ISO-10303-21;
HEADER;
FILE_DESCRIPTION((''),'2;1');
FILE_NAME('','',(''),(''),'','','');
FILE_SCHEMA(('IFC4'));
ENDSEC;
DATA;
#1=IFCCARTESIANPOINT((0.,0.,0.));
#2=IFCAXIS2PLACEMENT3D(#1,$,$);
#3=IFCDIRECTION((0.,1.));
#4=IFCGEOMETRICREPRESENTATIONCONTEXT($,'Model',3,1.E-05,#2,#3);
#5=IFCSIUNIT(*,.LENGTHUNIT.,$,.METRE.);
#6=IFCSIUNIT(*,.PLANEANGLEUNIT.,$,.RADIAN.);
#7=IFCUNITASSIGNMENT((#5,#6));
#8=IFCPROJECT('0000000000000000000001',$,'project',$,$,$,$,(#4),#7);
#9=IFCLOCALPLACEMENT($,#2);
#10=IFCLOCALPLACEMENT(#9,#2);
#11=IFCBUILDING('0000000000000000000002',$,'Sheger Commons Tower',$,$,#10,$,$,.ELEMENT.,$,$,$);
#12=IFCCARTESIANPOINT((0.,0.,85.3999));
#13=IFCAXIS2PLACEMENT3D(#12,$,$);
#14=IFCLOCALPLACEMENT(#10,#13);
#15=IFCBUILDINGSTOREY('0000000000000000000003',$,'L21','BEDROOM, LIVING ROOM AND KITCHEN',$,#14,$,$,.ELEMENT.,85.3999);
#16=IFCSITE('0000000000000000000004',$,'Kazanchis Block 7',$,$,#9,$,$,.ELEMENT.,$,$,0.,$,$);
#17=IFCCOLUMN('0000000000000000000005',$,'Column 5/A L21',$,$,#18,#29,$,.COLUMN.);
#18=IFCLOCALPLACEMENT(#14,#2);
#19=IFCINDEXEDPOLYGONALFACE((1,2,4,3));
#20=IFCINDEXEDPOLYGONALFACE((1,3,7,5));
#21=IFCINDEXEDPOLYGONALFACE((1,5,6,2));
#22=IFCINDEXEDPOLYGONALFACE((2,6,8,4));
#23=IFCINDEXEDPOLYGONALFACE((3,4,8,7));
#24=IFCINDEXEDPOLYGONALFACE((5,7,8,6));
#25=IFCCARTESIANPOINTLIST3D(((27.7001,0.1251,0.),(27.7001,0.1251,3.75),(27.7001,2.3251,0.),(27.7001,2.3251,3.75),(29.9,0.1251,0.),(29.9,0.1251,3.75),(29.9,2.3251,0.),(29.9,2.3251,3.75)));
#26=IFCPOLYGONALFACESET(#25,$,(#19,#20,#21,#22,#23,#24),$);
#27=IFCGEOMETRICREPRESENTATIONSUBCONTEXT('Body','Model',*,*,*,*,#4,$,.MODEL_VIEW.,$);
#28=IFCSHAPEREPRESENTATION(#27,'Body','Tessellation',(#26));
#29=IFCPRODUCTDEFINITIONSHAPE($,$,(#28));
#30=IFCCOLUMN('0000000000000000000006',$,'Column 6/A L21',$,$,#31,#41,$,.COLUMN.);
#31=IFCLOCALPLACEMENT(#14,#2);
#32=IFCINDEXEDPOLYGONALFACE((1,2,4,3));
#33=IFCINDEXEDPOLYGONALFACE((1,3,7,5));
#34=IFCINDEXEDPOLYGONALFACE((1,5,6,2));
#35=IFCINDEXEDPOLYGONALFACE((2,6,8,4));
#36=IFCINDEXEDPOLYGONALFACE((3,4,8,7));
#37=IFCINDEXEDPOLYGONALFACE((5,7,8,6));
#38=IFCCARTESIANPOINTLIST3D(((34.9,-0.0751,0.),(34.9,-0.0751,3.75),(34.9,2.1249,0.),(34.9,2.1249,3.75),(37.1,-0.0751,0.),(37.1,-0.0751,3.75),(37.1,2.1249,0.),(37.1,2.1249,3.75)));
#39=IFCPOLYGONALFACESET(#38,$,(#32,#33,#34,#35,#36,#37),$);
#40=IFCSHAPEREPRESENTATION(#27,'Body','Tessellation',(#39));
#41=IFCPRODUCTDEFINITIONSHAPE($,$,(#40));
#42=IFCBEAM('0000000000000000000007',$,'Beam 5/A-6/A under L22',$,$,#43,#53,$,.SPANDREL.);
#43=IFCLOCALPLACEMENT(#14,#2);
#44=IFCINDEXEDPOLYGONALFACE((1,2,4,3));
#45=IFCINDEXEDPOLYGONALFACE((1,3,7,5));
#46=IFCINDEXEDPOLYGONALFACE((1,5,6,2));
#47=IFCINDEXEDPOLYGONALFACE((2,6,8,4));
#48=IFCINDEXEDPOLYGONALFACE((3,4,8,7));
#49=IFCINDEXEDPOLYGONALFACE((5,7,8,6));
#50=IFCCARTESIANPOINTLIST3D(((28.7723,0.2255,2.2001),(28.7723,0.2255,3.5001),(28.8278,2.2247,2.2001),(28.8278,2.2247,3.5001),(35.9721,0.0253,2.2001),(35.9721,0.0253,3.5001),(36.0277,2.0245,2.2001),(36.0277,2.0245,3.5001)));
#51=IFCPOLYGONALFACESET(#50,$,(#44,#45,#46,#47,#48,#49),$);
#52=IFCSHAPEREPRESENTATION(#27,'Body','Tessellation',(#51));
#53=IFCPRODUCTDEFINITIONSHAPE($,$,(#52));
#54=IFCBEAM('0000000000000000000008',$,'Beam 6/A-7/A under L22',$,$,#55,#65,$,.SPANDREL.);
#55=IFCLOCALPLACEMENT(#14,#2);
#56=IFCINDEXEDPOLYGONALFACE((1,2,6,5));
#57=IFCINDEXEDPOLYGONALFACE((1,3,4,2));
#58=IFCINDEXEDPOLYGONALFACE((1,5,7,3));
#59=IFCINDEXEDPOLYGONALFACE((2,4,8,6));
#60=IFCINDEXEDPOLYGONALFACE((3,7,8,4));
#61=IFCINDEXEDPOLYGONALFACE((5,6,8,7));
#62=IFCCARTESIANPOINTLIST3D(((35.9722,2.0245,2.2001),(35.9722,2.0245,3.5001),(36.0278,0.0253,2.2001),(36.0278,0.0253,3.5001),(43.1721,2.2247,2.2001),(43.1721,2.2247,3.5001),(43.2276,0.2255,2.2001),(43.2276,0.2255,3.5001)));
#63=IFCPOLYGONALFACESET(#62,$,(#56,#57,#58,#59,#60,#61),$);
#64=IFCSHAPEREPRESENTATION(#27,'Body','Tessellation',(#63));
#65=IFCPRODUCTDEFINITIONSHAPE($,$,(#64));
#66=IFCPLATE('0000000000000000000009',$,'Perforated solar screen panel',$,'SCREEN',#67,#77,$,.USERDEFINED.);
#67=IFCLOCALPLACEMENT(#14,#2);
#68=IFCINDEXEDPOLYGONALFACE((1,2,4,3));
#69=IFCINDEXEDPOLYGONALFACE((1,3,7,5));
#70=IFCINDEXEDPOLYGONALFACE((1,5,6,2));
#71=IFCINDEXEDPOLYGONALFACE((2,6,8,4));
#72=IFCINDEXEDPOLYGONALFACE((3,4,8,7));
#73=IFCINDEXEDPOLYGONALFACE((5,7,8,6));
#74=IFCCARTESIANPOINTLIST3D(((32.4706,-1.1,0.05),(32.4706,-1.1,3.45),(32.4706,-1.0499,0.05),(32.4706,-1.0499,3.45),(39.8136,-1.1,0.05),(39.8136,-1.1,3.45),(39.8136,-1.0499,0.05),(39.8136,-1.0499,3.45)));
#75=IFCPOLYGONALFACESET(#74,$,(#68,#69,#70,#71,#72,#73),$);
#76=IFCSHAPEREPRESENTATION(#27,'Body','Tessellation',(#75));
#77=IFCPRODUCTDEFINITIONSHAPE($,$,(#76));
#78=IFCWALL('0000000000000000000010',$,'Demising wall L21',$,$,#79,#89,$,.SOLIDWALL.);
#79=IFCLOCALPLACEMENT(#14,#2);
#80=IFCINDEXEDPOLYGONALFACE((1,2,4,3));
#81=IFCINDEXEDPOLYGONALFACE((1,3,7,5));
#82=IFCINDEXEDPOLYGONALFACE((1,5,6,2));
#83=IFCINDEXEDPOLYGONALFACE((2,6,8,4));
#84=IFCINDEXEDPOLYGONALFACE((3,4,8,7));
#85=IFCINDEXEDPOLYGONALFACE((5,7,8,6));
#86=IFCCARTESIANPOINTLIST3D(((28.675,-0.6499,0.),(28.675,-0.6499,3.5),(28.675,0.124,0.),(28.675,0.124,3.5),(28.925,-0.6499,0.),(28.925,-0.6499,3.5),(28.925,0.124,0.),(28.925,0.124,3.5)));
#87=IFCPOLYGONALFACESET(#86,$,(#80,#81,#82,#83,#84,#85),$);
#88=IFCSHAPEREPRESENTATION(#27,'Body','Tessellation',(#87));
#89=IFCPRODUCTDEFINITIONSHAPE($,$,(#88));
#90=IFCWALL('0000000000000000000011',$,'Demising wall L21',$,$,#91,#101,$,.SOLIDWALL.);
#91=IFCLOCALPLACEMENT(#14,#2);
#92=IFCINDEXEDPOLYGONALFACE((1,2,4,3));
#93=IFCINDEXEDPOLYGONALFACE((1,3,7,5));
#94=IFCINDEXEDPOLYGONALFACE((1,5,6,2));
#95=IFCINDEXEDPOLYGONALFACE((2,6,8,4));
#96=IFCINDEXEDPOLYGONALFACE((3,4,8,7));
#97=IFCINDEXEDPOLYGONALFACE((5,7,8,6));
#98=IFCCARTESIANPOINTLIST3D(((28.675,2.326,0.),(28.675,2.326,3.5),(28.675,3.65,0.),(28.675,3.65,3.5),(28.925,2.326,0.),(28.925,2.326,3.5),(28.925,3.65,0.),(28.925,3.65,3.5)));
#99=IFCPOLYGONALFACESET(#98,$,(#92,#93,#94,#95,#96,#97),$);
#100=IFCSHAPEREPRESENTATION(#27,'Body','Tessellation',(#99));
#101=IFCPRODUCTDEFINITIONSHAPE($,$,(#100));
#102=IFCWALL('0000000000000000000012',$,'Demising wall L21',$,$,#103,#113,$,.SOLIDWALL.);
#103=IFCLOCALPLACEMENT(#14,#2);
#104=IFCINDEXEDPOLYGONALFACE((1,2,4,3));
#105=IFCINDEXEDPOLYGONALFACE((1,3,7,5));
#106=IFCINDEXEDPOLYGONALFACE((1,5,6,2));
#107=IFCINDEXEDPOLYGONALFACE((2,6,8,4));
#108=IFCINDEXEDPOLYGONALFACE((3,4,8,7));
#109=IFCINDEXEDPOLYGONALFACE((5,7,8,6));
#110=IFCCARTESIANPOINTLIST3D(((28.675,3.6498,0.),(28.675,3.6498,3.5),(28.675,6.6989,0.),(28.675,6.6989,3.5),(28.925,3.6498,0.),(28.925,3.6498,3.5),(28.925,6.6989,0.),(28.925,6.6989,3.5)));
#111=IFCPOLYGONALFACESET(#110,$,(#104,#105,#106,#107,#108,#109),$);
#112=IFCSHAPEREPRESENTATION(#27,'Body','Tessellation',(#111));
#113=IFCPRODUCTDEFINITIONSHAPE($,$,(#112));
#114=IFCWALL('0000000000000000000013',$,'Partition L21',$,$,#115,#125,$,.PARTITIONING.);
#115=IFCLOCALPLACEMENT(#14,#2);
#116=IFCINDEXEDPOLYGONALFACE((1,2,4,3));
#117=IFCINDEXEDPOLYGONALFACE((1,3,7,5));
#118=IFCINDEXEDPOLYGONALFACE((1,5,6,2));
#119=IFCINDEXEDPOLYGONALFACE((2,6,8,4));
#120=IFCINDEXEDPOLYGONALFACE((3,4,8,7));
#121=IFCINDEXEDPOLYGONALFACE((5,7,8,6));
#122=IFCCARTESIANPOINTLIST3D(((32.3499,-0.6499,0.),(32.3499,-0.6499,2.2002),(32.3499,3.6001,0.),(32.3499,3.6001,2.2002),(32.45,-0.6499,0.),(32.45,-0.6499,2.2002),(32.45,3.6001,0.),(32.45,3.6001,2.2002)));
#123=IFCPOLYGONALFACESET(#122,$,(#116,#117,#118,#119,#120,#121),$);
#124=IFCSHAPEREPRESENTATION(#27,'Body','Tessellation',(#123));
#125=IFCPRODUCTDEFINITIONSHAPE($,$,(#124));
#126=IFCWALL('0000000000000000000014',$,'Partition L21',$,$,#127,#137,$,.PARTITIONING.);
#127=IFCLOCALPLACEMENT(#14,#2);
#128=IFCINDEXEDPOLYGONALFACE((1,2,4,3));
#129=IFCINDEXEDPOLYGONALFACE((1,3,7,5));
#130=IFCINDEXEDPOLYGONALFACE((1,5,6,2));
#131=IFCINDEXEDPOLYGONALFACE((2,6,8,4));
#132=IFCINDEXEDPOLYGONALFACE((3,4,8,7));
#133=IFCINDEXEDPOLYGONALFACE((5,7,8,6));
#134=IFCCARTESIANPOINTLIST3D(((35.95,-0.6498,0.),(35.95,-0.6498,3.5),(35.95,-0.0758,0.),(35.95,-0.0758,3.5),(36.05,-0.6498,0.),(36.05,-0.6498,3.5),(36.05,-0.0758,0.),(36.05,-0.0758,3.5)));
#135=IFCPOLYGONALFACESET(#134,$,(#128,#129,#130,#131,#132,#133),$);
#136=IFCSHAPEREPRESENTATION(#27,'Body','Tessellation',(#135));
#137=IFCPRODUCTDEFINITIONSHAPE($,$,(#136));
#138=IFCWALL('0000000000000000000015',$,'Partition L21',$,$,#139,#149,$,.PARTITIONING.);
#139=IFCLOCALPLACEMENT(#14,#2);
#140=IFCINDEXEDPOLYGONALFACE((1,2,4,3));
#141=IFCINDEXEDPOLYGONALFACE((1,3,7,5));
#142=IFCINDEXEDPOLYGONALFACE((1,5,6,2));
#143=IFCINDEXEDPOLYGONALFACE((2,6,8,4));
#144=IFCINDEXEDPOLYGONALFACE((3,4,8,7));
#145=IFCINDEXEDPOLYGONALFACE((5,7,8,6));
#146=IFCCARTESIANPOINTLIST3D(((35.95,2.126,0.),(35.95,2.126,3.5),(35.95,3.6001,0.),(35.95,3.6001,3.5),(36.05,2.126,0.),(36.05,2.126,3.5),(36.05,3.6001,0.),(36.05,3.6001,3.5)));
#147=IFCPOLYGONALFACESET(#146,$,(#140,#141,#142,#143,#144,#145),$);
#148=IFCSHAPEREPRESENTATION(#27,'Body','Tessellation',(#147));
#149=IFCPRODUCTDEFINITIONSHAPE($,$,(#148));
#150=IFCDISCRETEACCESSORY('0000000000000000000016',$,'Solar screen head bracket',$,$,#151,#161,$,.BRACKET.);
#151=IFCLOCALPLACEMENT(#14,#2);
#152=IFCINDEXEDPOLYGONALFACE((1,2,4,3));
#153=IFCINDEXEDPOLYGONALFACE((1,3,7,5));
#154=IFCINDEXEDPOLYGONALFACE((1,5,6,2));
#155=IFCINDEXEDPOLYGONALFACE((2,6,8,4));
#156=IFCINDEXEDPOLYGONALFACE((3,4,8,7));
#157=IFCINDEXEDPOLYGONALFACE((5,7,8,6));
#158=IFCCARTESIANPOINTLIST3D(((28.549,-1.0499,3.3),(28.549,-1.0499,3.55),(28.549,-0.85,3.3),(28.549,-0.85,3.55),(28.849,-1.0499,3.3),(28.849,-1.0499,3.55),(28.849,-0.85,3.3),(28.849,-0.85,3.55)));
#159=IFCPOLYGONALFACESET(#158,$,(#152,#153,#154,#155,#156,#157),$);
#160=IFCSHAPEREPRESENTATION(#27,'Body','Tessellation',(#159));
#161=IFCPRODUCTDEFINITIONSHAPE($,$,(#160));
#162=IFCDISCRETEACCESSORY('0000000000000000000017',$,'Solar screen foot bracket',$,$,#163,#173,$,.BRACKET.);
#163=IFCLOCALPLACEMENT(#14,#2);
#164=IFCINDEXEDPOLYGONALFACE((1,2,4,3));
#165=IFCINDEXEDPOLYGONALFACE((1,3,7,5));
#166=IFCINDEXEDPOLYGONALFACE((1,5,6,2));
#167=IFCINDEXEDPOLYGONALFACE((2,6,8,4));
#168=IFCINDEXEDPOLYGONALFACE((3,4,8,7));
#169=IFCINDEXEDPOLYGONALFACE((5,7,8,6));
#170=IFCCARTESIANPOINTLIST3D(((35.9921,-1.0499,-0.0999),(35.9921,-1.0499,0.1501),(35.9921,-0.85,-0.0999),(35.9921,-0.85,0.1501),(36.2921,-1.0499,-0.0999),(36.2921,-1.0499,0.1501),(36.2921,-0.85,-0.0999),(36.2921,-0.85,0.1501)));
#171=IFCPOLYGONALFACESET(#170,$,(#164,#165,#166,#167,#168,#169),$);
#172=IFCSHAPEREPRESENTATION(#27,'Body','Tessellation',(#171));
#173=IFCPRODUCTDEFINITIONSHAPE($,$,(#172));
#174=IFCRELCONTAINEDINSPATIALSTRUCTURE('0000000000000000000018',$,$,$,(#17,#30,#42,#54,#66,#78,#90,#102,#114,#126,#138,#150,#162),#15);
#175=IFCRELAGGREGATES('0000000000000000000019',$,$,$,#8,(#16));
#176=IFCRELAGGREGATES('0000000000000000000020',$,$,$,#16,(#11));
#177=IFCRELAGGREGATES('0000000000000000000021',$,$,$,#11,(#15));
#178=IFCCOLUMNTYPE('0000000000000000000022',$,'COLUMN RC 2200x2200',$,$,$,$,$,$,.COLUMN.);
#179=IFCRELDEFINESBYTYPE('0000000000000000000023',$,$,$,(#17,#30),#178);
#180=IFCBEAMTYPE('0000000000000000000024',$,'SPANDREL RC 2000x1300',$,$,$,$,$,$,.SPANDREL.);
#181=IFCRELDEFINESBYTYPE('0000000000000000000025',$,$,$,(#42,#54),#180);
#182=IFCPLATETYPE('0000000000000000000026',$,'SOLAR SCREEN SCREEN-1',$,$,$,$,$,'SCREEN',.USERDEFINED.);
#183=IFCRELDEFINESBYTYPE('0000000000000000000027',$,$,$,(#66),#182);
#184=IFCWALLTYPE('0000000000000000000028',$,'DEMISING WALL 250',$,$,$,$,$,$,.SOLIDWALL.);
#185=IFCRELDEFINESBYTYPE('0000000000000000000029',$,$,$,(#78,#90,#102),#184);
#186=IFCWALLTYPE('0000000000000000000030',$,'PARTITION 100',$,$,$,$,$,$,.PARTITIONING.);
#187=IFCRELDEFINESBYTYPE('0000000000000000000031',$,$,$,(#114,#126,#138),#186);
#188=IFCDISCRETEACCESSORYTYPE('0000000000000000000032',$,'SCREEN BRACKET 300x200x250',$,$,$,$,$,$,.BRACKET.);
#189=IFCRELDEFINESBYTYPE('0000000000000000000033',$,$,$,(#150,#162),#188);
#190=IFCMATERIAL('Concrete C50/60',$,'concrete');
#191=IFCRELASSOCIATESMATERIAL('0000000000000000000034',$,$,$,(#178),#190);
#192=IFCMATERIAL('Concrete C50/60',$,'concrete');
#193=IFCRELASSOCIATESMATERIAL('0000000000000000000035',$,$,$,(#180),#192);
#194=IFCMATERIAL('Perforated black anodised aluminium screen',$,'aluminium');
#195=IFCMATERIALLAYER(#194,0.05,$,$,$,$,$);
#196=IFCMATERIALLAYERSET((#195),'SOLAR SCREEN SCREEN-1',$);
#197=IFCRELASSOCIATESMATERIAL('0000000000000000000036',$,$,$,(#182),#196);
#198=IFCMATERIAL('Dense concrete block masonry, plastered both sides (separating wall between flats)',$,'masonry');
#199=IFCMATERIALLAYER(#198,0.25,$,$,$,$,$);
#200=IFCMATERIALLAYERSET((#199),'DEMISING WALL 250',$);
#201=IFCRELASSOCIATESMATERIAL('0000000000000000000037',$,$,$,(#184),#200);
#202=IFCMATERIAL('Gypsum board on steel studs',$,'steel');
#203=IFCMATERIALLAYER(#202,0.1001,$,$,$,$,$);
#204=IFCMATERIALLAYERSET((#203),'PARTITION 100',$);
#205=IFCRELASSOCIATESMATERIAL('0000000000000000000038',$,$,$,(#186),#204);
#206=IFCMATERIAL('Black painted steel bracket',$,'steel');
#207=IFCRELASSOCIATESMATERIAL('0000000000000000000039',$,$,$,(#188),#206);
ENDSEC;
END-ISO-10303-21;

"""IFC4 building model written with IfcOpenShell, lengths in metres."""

from ifc_helpers import new_model, si_unit, direction, frame, frame_2d, origin, origin_2d, place, context, subcontext, project, spatial, rectangle, extrude, material, layer, layer_set, material_profile, profile_set, type_object, element, save


model = new_model("IFC4")

# Units and contexts
model_context = context("Model", 3, precision=1e-05, world=origin(), true_north=direction((0.0, 1.0)))
body_context = subcontext(model_context, "Body", "Model", "MODEL_VIEW")
ifc_project = project(units=[si_unit("LENGTHUNIT", "METRE"), si_unit("PLANEANGLEUNIT", "RADIAN")], contexts=[model_context])

# Site, building, storey
site_placement = place(None, origin())
site = spatial("IfcSite", under=ifc_project, at=site_placement, Name="Kazanchis Block 7", CompositionType="ELEMENT", RefElevation=0.0)
building_placement = place(site_placement, origin())
building = spatial("IfcBuilding", under=site, at=building_placement, Name="Sheger Commons Tower", CompositionType="ELEMENT")
storey_placement = place(building_placement, frame((0.0, 0.0, 85.3999)))
storey = spatial("IfcBuildingStorey", under=building, at=storey_placement, Name="L21", Description="BEDROOM, LIVING ROOM AND KITCHEN", CompositionType="ELEMENT", Elevation=85.3999)

# Columns
ifc_material_1 = material(Name="Concrete C50/60", Category="concrete")
ifc_material_profile_1 = material_profile(ifc_material_1, rectangle(XDim=2.2, YDim=2.2, at=origin_2d()), Name="RC 2200x2200")
ifc_profile_set_1 = profile_set([ifc_material_profile_1], Name="Concrete C50/60")
column_type = type_object("IfcColumnType", Name="COLUMN RC 2200x2200", PredefinedType="COLUMN", material=ifc_profile_set_1)
for number, where, z_axis, x_axis, name in (
    (1, (28.8, 1.2251, 0.0), (0.0, 0.0, 1.0), (1.0, 0.0, 0.0), "Column 5/A L21"),
    (2, (36.0, 1.0249, 0.0), (0.0, 0.0, 1.0), (1.0, 0.0, 0.0), "Column 6/A L21"),
):
    element("IfcColumn", number, at=place(storey_placement, frame(where, z_axis=z_axis, x_axis=x_axis)), inside=storey, type_object=column_type, Name=name, PredefinedType="COLUMN", context=body_context, shape_type="SweptSolid", body=[
        extrude(rectangle(XDim=2.2, YDim=2.2, at=origin_2d()), origin(), (0.0, 0.0, 1.0), 3.75),
    ])

# Beams
ifc_material_2 = material(Name="Concrete C50/60", Category="concrete")
ifc_material_profile_2 = material_profile(ifc_material_2, rectangle(XDim=2.0, YDim=1.3, at=origin_2d()), Name="RC 2000x1300")
ifc_profile_set_2 = profile_set([ifc_material_profile_2], Name="Concrete C50/60")
beam_type = type_object("IfcBeamType", Name="SPANDREL RC 2000x1300", PredefinedType="SPANDREL", material=ifc_profile_set_2)
for number, where, z_axis, x_axis, name in (
    (3, (28.8, 1.2251, 2.8501), (0.999614, -0.027794, 0.0), (0.027794, 0.999614, 0.0), "Beam 5/A-6/A under L22"),
    (4, (36.0, 1.0249, 2.8501), (0.999614, 0.027794, 0.0), (-0.027794, 0.999614, 0.0), "Beam 6/A-7/A under L22"),
):
    element("IfcBeam", number, at=place(storey_placement, frame(where, z_axis=z_axis, x_axis=x_axis)), inside=storey, type_object=beam_type, Name=name, PredefinedType="SPANDREL", context=body_context, shape_type="SweptSolid", body=[
        extrude(rectangle(XDim=2.0, YDim=1.3, at=origin_2d()), origin(), (0.0, 0.0, 1.0), 7.2026),
    ])

# Plate
ifc_material_3 = material(Name="Perforated black anodised aluminium screen", Category="aluminium")
ifc_layer_1 = layer(ifc_material_3, 0.05)
ifc_layer_set_1 = layer_set([ifc_layer_1], Name="SOLAR SCREEN SCREEN-1")
plate_type = type_object("IfcPlateType", Name="SOLAR SCREEN SCREEN-1", ElementType="SCREEN", PredefinedType="USERDEFINED", material=ifc_layer_set_1)
plate_placement = place(storey_placement, frame((36.1421, -1.075, 0.05), z_axis=(0.0, 0.0, 1.0), x_axis=(1.0, 0.0, 0.0)))
element("IfcPlate", 5, at=plate_placement, inside=storey, type_object=plate_type, Name="Perforated solar screen panel", ObjectType="SCREEN", PredefinedType="USERDEFINED", context=body_context, shape_type="SweptSolid", body=[
    extrude(rectangle(XDim=7.343, YDim=0.05, at=origin_2d()), origin(), (0.0, 0.0, 1.0), 3.3999),
])

# Walls
ifc_material_4 = material(Name="Dense concrete block masonry, plastered both sides (separating wall between flats)", Category="masonry")
ifc_layer_2 = layer(ifc_material_4, 0.25)
ifc_layer_set_2 = layer_set([ifc_layer_2], Name="DEMISING WALL 250")
wall_type_1 = type_object("IfcWallType", Name="DEMISING WALL 250", PredefinedType="SOLIDWALL", material=ifc_layer_set_2)
wall_1_placement = place(storey_placement, frame((28.8, -0.6499, 0.0), z_axis=(0.0, 0.0, 1.0), x_axis=(0.0, 1.0, 0.0)))
element("IfcWall", 6, at=wall_1_placement, inside=storey, type_object=wall_type_1, Name="Demising wall L21", PredefinedType="SOLIDWALL", context=body_context, shape_type="SweptSolid", body=[
    extrude(rectangle(XDim=0.7739, YDim=0.25, at=frame_2d((0.387, 0.0))), origin(), (0.0, 0.0, 1.0), 3.5),
])
wall_2_placement = place(storey_placement, frame((28.8, 2.3259, 0.0), z_axis=(0.0, 0.0, 1.0), x_axis=(0.0, 1.0, 0.0)))
element("IfcWall", 7, at=wall_2_placement, inside=storey, type_object=wall_type_1, Name="Demising wall L21", PredefinedType="SOLIDWALL", context=body_context, shape_type="SweptSolid", body=[
    extrude(rectangle(XDim=1.324, YDim=0.25, at=frame_2d((0.6621, 0.0))), origin(), (0.0, 0.0, 1.0), 3.5),
])
wall_3_placement = place(storey_placement, frame((28.8, 3.6499, 0.0), z_axis=(0.0, 0.0, 1.0), x_axis=(0.0, 1.0, 0.0)))
element("IfcWall", 8, at=wall_3_placement, inside=storey, type_object=wall_type_1, Name="Demising wall L21", PredefinedType="SOLIDWALL", context=body_context, shape_type="SweptSolid", body=[
    extrude(rectangle(XDim=3.0491, YDim=0.25, at=frame_2d((1.5244, 0.0))), origin(), (0.0, 0.0, 1.0), 3.5),
])
ifc_material_5 = material(Name="Gypsum board on steel studs", Category="steel")
ifc_layer_3 = layer(ifc_material_5, 0.1001)
ifc_layer_set_3 = layer_set([ifc_layer_3], Name="PARTITION 100")
wall_type_2 = type_object("IfcWallType", Name="PARTITION 100", PredefinedType="PARTITIONING", material=ifc_layer_set_3)
wall_4_placement = place(storey_placement, frame((32.3999, -0.6499, 0.0), z_axis=(0.0, 0.0, 1.0), x_axis=(0.0, 1.0, 0.0)))
element("IfcWall", 9, at=wall_4_placement, inside=storey, type_object=wall_type_2, Name="Partition L21", PredefinedType="PARTITIONING", context=body_context, shape_type="SweptSolid", body=[
    extrude(rectangle(XDim=4.25, YDim=0.1001, at=frame_2d((2.125, 0.0))), origin(), (0.0, 0.0, 1.0), 2.2002),
])
wall_5_placement = place(storey_placement, frame((36.0, -0.6499, 0.0), z_axis=(0.0, 0.0, 1.0), x_axis=(0.0, 1.0, 0.0)))
element("IfcWall", 10, at=wall_5_placement, inside=storey, type_object=wall_type_2, Name="Partition L21", PredefinedType="PARTITIONING", context=body_context, shape_type="SweptSolid", body=[
    extrude(rectangle(XDim=0.574, YDim=0.1001, at=frame_2d((0.2871, 0.0))), origin(), (0.0, 0.0, 1.0), 3.5),
])
wall_6_placement = place(storey_placement, frame((36.0, 2.126, 0.0), z_axis=(0.0, 0.0, 1.0), x_axis=(0.0, 1.0, 0.0)))
element("IfcWall", 11, at=wall_6_placement, inside=storey, type_object=wall_type_2, Name="Partition L21", PredefinedType="PARTITIONING", context=body_context, shape_type="SweptSolid", body=[
    extrude(rectangle(XDim=1.4741, YDim=0.1001, at=frame_2d((0.7371, 0.0))), origin(), (0.0, 0.0, 1.0), 3.5),
])

# Discrete accessories
ifc_material_6 = material(Name="Black painted steel bracket", Category="steel")
discrete_accessory_type = type_object("IfcDiscreteAccessoryType", Name="SCREEN BRACKET 300x200x250", PredefinedType="BRACKET", material=ifc_material_6)
for number, where, z_axis, x_axis, name in (
    (12, (28.699, -0.95, 3.3), (0.0, 0.0, 1.0), (1.0, 0.0, 0.0), "Solar screen head bracket"),
    (13, (36.1421, -0.95, -0.0999), (0.0, 0.0, 1.0), (1.0, 0.0, 0.0), "Solar screen foot bracket"),
):
    element("IfcDiscreteAccessory", number, at=place(storey_placement, frame(where, z_axis=z_axis, x_axis=x_axis)), inside=storey, type_object=discrete_accessory_type, Name=name, PredefinedType="BRACKET", context=body_context, shape_type="SweptSolid", body=[
        extrude(rectangle(XDim=0.3, YDim=0.2, at=origin_2d()), origin(), (0.0, 0.0, 1.0), 0.25),
    ])

save(model, "model.ifc")
